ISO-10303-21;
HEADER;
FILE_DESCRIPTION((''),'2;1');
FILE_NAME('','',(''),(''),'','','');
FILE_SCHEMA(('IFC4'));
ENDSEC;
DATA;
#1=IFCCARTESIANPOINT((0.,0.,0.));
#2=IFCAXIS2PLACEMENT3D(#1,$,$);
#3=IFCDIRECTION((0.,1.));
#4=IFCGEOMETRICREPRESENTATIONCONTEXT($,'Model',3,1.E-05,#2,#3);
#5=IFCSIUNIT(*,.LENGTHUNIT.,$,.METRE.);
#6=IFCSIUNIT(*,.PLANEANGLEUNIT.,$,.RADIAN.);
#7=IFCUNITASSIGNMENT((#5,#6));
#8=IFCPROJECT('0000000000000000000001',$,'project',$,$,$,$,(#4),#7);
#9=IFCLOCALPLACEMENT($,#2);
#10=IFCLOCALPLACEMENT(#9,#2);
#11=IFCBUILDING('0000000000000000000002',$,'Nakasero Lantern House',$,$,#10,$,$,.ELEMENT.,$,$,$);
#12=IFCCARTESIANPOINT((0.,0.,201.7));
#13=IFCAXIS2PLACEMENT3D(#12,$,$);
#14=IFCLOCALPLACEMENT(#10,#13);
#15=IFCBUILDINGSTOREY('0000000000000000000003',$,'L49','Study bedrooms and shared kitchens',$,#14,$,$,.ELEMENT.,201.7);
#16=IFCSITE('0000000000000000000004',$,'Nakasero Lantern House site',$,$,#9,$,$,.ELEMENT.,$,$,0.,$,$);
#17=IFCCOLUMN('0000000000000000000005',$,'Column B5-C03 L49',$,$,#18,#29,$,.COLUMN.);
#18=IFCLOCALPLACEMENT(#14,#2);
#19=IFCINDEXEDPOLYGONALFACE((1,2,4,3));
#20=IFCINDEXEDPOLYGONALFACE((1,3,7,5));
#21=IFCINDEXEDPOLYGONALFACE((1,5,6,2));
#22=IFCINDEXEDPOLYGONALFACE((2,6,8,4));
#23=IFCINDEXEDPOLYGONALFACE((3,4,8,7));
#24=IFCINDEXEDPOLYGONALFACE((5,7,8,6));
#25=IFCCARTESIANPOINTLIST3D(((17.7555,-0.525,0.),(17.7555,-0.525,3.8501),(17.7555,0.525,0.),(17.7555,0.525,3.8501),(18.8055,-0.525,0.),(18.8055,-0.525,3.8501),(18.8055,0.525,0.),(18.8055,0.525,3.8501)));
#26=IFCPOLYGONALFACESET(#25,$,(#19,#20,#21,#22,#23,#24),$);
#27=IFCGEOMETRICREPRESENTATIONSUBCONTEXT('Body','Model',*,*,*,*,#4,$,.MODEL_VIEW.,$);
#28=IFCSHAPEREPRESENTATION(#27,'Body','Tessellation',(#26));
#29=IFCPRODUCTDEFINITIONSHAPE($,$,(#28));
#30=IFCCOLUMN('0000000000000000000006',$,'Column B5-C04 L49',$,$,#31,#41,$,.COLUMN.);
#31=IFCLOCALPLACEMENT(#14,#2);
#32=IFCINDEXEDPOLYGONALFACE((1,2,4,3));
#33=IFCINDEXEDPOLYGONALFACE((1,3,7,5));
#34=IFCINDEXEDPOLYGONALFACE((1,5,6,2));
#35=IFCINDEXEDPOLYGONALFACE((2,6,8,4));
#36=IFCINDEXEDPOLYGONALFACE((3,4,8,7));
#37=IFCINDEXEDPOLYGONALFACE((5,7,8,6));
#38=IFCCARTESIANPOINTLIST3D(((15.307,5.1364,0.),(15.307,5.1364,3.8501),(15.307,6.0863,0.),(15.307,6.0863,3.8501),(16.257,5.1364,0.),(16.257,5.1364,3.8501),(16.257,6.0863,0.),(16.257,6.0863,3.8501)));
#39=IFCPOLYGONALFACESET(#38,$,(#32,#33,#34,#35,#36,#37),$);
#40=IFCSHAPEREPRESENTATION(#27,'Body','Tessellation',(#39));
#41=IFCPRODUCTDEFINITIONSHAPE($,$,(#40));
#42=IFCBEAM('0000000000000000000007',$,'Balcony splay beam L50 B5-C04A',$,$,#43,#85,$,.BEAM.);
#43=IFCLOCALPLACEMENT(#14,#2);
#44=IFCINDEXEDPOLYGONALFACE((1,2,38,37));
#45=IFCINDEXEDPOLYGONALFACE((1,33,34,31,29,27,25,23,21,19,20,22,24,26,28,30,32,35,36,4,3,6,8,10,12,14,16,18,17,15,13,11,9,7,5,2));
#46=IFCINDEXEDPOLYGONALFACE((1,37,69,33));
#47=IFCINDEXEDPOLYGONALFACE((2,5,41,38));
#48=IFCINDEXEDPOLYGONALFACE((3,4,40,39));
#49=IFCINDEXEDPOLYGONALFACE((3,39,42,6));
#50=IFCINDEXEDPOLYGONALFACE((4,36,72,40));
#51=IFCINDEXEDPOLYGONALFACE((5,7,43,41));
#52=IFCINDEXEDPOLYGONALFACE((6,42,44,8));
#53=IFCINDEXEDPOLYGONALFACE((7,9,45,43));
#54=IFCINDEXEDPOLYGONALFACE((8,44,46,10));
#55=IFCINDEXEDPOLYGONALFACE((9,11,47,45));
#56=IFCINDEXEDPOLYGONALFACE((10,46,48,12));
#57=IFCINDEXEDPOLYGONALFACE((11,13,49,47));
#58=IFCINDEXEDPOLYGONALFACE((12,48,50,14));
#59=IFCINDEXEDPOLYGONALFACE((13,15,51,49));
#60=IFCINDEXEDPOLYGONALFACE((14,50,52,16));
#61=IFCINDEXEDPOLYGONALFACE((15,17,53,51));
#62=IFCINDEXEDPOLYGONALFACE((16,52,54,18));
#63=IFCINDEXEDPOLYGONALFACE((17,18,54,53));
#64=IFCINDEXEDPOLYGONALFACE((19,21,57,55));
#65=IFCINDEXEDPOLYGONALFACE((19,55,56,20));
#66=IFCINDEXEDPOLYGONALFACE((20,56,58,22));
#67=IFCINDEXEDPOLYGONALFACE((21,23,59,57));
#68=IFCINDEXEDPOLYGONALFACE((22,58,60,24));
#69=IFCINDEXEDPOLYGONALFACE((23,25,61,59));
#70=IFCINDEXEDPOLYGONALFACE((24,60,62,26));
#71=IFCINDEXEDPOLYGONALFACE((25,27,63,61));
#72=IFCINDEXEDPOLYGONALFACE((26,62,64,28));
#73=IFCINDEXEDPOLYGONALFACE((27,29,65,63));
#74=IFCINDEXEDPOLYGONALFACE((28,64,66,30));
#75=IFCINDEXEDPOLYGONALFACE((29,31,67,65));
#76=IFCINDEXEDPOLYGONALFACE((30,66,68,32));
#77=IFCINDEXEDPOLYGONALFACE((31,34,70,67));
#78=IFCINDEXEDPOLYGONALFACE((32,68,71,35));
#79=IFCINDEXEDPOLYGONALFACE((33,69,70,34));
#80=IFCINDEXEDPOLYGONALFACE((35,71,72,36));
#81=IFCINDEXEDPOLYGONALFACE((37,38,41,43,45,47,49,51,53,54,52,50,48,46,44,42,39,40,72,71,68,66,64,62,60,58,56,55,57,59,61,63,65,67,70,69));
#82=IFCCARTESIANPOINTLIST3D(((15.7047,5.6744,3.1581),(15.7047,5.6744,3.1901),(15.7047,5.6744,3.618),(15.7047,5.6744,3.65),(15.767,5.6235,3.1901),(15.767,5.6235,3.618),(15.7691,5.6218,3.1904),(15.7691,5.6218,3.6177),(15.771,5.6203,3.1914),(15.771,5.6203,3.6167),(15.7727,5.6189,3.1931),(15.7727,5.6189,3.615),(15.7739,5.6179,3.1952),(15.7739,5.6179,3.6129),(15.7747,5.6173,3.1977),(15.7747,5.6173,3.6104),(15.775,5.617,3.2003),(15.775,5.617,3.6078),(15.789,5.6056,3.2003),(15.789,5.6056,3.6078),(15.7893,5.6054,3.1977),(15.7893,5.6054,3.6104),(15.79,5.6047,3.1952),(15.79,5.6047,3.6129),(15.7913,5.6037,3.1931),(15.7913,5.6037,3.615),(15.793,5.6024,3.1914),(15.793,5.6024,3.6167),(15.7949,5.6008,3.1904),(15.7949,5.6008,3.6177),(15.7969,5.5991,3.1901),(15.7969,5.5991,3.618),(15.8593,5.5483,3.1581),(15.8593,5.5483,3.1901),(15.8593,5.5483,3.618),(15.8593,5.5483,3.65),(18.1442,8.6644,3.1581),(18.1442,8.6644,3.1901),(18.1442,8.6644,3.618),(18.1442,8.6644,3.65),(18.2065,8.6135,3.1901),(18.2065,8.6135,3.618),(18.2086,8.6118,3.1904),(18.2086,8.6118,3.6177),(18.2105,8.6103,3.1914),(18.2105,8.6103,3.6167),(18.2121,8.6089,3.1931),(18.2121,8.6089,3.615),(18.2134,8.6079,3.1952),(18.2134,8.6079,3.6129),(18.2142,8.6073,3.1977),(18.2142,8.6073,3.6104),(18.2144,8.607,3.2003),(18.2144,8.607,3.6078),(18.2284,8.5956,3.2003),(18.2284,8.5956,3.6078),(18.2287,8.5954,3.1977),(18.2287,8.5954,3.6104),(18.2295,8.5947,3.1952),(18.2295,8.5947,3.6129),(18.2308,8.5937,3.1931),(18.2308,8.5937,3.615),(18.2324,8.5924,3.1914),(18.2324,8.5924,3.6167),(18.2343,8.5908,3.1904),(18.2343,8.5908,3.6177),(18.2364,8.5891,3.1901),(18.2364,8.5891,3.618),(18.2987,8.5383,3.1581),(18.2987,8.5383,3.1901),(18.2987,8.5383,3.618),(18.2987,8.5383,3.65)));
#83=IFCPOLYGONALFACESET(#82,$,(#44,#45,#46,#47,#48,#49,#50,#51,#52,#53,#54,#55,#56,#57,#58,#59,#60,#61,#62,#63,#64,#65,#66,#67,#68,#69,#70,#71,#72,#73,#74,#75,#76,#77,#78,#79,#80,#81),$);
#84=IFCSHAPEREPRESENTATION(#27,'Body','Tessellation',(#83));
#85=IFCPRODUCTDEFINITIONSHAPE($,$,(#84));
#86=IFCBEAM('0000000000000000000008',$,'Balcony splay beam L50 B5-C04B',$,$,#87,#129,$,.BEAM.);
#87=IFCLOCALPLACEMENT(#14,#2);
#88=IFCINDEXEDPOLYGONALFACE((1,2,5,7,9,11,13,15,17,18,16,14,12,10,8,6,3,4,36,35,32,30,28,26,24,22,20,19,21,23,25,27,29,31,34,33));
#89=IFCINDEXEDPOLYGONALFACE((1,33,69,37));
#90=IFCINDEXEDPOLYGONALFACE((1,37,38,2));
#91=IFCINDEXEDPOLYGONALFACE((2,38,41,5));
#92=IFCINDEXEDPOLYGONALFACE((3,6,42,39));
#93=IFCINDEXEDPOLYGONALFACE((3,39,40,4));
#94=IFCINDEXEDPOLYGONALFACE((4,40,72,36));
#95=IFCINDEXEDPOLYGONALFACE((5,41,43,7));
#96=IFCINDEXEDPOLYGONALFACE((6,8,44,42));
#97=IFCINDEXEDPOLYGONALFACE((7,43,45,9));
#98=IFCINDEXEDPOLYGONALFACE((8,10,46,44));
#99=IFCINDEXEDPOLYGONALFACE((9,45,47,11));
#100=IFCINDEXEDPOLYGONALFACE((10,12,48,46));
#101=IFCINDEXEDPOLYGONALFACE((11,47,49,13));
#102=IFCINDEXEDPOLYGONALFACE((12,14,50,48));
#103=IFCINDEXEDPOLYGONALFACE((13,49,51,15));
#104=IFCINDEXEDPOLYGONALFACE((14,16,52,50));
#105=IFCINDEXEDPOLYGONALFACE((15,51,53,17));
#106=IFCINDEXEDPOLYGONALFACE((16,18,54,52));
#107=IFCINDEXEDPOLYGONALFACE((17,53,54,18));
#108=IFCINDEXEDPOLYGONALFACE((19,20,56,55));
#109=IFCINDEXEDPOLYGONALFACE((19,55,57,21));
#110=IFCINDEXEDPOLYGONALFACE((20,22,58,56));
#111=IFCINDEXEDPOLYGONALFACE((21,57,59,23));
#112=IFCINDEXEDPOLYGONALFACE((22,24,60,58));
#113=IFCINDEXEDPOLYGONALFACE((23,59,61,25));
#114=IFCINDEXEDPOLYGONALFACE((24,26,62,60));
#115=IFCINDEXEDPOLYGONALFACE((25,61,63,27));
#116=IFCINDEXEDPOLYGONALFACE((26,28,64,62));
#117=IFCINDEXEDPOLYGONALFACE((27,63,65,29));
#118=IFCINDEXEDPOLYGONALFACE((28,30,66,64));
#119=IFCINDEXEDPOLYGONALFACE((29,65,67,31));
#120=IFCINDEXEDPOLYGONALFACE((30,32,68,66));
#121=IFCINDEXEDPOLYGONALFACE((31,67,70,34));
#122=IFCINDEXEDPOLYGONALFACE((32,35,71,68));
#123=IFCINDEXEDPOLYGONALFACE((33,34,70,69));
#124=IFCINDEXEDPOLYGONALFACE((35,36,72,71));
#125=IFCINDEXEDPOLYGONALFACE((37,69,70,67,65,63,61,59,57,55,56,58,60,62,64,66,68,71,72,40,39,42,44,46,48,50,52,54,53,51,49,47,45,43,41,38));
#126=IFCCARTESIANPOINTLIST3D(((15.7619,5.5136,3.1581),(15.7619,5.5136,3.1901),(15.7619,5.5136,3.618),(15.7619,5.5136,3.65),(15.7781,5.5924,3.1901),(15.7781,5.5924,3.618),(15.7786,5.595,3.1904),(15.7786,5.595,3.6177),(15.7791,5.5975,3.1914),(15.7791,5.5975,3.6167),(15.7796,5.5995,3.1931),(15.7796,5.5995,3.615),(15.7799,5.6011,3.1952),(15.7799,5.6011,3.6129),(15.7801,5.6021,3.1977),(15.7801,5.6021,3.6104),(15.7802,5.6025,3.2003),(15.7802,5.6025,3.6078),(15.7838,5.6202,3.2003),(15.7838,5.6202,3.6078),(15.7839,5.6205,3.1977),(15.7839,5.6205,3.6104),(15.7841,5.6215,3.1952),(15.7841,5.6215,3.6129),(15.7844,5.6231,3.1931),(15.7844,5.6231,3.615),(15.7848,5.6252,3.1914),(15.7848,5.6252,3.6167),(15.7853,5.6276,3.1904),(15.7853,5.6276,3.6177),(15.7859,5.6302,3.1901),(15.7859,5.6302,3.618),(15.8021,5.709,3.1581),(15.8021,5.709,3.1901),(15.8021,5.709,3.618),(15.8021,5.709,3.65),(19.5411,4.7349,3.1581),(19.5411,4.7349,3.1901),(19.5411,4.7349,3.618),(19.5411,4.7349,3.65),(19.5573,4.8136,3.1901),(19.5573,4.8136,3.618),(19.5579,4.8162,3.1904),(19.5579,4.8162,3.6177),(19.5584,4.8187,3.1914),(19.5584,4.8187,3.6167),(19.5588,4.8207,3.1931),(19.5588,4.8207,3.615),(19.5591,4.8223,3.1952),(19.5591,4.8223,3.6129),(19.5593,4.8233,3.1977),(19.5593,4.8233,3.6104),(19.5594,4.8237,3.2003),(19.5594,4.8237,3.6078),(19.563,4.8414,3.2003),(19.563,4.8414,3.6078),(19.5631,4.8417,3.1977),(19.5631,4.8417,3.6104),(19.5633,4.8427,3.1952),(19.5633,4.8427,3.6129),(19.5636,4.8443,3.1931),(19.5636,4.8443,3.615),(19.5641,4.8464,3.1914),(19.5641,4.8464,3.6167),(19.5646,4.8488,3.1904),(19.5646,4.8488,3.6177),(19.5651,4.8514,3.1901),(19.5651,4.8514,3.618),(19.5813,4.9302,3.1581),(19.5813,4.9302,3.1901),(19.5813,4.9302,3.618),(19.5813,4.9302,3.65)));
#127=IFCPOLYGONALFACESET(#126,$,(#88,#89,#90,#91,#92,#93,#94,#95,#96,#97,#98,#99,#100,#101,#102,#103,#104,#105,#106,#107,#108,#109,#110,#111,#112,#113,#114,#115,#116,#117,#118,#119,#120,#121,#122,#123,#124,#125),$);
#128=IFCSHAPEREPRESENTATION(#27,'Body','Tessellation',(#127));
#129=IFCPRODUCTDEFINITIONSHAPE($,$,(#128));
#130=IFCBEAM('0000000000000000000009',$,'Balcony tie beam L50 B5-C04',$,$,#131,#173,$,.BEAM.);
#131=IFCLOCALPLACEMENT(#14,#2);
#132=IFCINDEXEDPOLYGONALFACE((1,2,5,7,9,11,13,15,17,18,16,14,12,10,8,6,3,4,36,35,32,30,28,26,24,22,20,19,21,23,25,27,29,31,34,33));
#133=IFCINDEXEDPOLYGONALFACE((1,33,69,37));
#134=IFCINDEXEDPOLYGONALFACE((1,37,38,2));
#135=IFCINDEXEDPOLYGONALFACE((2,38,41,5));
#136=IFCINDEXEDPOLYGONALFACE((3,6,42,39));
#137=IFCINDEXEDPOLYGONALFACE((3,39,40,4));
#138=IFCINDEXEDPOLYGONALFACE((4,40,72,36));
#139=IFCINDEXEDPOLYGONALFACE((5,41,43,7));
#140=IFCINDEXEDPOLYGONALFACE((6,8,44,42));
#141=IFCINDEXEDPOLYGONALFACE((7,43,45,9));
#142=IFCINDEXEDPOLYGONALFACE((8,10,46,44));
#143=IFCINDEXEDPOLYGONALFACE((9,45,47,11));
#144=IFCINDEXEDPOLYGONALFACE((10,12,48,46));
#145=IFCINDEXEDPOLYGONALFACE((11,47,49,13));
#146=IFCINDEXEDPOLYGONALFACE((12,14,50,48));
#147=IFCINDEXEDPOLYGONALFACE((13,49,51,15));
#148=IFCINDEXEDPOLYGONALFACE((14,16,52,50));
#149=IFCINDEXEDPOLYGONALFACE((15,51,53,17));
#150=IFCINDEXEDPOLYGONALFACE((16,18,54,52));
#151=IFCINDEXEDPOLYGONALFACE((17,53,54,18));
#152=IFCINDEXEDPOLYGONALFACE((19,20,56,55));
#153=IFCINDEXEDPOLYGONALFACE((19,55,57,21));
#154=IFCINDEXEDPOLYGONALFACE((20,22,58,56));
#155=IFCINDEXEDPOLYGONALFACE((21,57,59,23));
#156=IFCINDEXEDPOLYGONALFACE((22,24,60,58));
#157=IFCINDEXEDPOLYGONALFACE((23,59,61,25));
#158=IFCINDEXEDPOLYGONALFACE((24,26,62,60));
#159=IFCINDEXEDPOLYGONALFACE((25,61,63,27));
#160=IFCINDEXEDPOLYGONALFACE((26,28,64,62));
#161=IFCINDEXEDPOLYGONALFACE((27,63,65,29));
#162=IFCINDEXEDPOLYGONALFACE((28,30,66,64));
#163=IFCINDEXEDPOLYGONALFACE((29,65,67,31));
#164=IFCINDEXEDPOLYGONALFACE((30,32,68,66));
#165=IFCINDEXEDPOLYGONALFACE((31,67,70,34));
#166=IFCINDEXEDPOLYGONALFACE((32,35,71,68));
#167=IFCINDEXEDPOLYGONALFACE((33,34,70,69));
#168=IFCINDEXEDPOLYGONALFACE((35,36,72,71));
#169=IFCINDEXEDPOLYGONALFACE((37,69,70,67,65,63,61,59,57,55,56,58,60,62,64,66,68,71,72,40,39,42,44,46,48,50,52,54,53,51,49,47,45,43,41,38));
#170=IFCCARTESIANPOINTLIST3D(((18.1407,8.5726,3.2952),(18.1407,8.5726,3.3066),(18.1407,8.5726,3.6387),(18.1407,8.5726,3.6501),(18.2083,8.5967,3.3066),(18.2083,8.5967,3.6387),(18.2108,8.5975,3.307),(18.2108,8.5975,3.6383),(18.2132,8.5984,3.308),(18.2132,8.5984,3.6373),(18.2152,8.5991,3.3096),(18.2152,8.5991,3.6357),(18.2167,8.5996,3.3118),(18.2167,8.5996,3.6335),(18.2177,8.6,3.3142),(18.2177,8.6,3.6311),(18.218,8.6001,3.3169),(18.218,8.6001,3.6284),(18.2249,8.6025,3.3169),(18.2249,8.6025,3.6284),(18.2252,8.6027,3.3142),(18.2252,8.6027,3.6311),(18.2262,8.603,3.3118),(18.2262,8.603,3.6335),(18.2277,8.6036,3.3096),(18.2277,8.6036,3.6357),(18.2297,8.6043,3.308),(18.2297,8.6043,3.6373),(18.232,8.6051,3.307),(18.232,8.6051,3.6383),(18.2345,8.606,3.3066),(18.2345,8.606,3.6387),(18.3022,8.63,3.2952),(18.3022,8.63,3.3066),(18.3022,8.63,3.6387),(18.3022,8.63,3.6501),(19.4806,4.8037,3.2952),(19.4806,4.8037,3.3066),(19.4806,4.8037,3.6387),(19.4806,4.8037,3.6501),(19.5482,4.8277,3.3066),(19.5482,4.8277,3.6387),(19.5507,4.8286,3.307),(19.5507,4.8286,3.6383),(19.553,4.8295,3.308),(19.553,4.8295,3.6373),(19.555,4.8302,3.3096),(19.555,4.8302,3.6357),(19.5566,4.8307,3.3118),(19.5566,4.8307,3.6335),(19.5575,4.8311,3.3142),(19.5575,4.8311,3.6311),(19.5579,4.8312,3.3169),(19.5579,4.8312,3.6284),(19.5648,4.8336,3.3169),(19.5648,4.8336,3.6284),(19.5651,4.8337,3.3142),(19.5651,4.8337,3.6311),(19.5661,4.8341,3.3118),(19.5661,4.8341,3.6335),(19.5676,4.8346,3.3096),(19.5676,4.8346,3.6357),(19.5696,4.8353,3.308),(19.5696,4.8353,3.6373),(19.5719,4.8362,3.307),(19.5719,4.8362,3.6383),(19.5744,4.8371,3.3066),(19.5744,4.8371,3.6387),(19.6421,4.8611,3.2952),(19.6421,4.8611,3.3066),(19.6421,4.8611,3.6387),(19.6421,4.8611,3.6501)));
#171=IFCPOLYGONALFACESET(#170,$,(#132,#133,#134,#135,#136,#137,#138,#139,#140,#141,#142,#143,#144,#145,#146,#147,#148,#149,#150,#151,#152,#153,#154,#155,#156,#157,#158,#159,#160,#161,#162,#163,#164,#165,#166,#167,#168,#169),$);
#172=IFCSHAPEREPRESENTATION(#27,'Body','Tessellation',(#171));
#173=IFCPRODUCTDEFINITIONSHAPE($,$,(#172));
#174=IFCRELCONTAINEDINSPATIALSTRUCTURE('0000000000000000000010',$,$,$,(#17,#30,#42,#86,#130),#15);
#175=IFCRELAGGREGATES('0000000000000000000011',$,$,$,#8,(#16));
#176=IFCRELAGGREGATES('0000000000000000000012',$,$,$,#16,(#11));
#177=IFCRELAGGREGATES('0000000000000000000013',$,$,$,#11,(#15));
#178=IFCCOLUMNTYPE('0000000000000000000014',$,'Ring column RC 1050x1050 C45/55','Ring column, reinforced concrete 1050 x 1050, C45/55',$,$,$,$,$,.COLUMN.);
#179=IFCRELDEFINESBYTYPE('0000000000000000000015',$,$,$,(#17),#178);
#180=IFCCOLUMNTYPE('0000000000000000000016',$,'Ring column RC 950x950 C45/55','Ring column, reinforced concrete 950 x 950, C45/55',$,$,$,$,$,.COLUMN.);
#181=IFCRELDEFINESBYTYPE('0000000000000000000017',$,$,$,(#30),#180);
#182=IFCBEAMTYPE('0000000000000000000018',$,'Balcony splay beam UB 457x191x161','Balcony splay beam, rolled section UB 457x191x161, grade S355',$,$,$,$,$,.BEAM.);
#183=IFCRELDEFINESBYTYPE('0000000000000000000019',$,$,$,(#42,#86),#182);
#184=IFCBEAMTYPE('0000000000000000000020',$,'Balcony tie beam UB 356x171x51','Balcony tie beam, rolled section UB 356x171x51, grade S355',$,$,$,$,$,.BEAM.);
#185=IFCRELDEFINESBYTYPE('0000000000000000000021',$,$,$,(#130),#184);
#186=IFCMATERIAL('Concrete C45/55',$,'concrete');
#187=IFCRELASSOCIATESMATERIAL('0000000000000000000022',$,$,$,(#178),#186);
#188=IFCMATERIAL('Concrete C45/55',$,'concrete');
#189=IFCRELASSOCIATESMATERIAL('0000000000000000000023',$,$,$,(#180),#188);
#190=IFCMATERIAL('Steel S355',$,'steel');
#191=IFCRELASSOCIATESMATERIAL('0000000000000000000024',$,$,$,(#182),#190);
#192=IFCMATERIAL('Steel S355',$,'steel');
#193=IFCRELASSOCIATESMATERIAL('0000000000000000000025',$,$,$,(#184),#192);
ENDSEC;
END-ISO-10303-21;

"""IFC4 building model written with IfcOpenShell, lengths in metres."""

from ifc_helpers import new_model, si_unit, direction, frame, origin, origin_2d, place, context, subcontext, project, spatial, rectangle, i_section, extrude, material, material_profile, profile_set, type_object, element, save


model = new_model("IFC4")

# Units and contexts
model_context = context("Model", 3, precision=1e-05, world=origin(), true_north=direction((0.0, 1.0)))
body_context = subcontext(model_context, "Body", "Model", "MODEL_VIEW")
ifc_project = project(units=[si_unit("LENGTHUNIT", "METRE"), si_unit("PLANEANGLEUNIT", "RADIAN")], contexts=[model_context])

# Site, building, storey
site_placement = place(None, origin())
site = spatial("IfcSite", under=ifc_project, at=site_placement, Name="Nakasero Lantern House site", CompositionType="ELEMENT", RefElevation=0.0)
building_placement = place(site_placement, origin())
building = spatial("IfcBuilding", under=site, at=building_placement, Name="Nakasero Lantern House", CompositionType="ELEMENT")
storey_placement = place(building_placement, frame((0.0, 0.0, 201.7)))
storey = spatial("IfcBuildingStorey", under=building, at=storey_placement, Name="L49", Description="Study bedrooms and shared kitchens", CompositionType="ELEMENT", Elevation=201.7)

# Columns
ifc_material_1 = material(Name="Concrete C45/55", Category="concrete")
ifc_material_profile_1 = material_profile(ifc_material_1, rectangle(XDim=1.05, YDim=1.05, at=origin_2d()), Name="RC 1050x1050")
ifc_profile_set_1 = profile_set([ifc_material_profile_1], Name="Concrete C45/55")
column_type_1 = type_object("IfcColumnType", Name="Ring column RC 1050x1050 C45/55", Description="Ring column, reinforced concrete 1050 x 1050, C45/55", PredefinedType="COLUMN", material=ifc_profile_set_1)
column_1_placement = place(storey_placement, frame((18.2805, 0.0, 0.0), z_axis=(0.0, 0.0, 1.0), x_axis=(1.0, 0.0, 0.0)))
element("IfcColumn", 1, at=column_1_placement, inside=storey, type_object=column_type_1, Name="Column B5-C03 L49", PredefinedType="COLUMN", context=body_context, shape_type="SweptSolid", body=[
    extrude(rectangle(XDim=1.05, YDim=1.05, at=origin_2d()), origin(), (0.0, 0.0, 1.0), 3.8501),
])
ifc_material_2 = material(Name="Concrete C45/55", Category="concrete")
ifc_material_profile_2 = material_profile(ifc_material_2, rectangle(XDim=0.95, YDim=0.95, at=origin_2d()), Name="RC 950x950")
ifc_profile_set_2 = profile_set([ifc_material_profile_2], Name="Concrete C45/55")
column_type_2 = type_object("IfcColumnType", Name="Ring column RC 950x950 C45/55", Description="Ring column, reinforced concrete 950 x 950, C45/55", PredefinedType="COLUMN", material=ifc_profile_set_2)
column_2_placement = place(storey_placement, frame((15.782, 5.6113, 0.0), z_axis=(0.0, 0.0, 1.0), x_axis=(1.0, 0.0, 0.0)))
element("IfcColumn", 2, at=column_2_placement, inside=storey, type_object=column_type_2, Name="Column B5-C04 L49", PredefinedType="COLUMN", context=body_context, shape_type="SweptSolid", body=[
    extrude(rectangle(XDim=0.95, YDim=0.95, at=origin_2d()), origin(), (0.0, 0.0, 1.0), 3.8501),
])

# Beams
ifc_material_3 = material(Name="Steel S355", Category="steel")
ifc_material_profile_3 = material_profile(ifc_material_3, i_section(OverallWidth=0.1995, OverallDepth=0.4919, WebThickness=0.0181, FlangeThickness=0.032, FilletRadius=0.0103, at=origin_2d()), Name="UB 457x191x161")
ifc_profile_set_3 = profile_set([ifc_material_profile_3], Name="Steel S355")
beam_type_1 = type_object("IfcBeamType", Name="Balcony splay beam UB 457x191x161", Description="Balcony splay beam, rolled section UB 457x191x161, grade S355", PredefinedType="BEAM", material=ifc_profile_set_3)
beam_1_placement = place(storey_placement, frame((15.782, 5.6113, 3.4041), z_axis=(0.632166, 0.774833, 0.0), x_axis=(-0.774833, 0.632166, 0.0)))
element("IfcBeam", 3, at=beam_1_placement, inside=storey, type_object=beam_type_1, Name="Balcony splay beam L50 B5-C04A", PredefinedType="BEAM", context=body_context, shape_type="SweptSolid", body=[
    extrude(i_section(OverallWidth=0.1995, OverallDepth=0.4919, WebThickness=0.0181, FlangeThickness=0.032, FilletRadius=0.0103, at=origin_2d()), origin(), (0.0, 0.0, 1.0), 3.8589),
])
beam_2_placement = place(storey_placement, frame((15.782, 5.6113, 3.4041), z_axis=(0.97942, -0.201831, 0.0), x_axis=(0.201831, 0.97942, 0.0)))
element("IfcBeam", 4, at=beam_2_placement, inside=storey, type_object=beam_type_1, Name="Balcony splay beam L50 B5-C04B", PredefinedType="BEAM", context=body_context, shape_type="SweptSolid", body=[
    extrude(i_section(OverallWidth=0.1995, OverallDepth=0.4919, WebThickness=0.0181, FlangeThickness=0.032, FilletRadius=0.0103, at=origin_2d()), origin(), (0.0, 0.0, 1.0), 3.8586),
])
ifc_material_4 = material(Name="Steel S355", Category="steel")
ifc_material_profile_4 = material_profile(ifc_material_4, i_section(OverallWidth=0.1714, OverallDepth=0.355, WebThickness=0.0073, FlangeThickness=0.0115, FilletRadius=0.0103, at=origin_2d()), Name="UB 356x171x51")
ifc_profile_set_4 = profile_set([ifc_material_profile_4], Name="Steel S355")
beam_type_2 = type_object("IfcBeamType", Name="Balcony tie beam UB 356x171x51", Description="Balcony tie beam, rolled section UB 356x171x51, grade S355", PredefinedType="BEAM", material=ifc_profile_set_4)
beam_3_placement = place(storey_placement, frame((18.2214, 8.6013, 3.4727), z_axis=(0.334971, -0.942228, 0.0), x_axis=(0.942228, 0.334971, 0.0)))
element("IfcBeam", 5, at=beam_3_placement, inside=storey, type_object=beam_type_2, Name="Balcony tie beam L50 B5-C04", PredefinedType="BEAM", context=body_context, shape_type="SweptSolid", body=[
    extrude(i_section(OverallWidth=0.1714, OverallDepth=0.355, WebThickness=0.0073, FlangeThickness=0.0115, FilletRadius=0.0103, at=origin_2d()), origin(), (0.0, 0.0, 1.0), 4.0),
])

save(model, "model.ifc")
